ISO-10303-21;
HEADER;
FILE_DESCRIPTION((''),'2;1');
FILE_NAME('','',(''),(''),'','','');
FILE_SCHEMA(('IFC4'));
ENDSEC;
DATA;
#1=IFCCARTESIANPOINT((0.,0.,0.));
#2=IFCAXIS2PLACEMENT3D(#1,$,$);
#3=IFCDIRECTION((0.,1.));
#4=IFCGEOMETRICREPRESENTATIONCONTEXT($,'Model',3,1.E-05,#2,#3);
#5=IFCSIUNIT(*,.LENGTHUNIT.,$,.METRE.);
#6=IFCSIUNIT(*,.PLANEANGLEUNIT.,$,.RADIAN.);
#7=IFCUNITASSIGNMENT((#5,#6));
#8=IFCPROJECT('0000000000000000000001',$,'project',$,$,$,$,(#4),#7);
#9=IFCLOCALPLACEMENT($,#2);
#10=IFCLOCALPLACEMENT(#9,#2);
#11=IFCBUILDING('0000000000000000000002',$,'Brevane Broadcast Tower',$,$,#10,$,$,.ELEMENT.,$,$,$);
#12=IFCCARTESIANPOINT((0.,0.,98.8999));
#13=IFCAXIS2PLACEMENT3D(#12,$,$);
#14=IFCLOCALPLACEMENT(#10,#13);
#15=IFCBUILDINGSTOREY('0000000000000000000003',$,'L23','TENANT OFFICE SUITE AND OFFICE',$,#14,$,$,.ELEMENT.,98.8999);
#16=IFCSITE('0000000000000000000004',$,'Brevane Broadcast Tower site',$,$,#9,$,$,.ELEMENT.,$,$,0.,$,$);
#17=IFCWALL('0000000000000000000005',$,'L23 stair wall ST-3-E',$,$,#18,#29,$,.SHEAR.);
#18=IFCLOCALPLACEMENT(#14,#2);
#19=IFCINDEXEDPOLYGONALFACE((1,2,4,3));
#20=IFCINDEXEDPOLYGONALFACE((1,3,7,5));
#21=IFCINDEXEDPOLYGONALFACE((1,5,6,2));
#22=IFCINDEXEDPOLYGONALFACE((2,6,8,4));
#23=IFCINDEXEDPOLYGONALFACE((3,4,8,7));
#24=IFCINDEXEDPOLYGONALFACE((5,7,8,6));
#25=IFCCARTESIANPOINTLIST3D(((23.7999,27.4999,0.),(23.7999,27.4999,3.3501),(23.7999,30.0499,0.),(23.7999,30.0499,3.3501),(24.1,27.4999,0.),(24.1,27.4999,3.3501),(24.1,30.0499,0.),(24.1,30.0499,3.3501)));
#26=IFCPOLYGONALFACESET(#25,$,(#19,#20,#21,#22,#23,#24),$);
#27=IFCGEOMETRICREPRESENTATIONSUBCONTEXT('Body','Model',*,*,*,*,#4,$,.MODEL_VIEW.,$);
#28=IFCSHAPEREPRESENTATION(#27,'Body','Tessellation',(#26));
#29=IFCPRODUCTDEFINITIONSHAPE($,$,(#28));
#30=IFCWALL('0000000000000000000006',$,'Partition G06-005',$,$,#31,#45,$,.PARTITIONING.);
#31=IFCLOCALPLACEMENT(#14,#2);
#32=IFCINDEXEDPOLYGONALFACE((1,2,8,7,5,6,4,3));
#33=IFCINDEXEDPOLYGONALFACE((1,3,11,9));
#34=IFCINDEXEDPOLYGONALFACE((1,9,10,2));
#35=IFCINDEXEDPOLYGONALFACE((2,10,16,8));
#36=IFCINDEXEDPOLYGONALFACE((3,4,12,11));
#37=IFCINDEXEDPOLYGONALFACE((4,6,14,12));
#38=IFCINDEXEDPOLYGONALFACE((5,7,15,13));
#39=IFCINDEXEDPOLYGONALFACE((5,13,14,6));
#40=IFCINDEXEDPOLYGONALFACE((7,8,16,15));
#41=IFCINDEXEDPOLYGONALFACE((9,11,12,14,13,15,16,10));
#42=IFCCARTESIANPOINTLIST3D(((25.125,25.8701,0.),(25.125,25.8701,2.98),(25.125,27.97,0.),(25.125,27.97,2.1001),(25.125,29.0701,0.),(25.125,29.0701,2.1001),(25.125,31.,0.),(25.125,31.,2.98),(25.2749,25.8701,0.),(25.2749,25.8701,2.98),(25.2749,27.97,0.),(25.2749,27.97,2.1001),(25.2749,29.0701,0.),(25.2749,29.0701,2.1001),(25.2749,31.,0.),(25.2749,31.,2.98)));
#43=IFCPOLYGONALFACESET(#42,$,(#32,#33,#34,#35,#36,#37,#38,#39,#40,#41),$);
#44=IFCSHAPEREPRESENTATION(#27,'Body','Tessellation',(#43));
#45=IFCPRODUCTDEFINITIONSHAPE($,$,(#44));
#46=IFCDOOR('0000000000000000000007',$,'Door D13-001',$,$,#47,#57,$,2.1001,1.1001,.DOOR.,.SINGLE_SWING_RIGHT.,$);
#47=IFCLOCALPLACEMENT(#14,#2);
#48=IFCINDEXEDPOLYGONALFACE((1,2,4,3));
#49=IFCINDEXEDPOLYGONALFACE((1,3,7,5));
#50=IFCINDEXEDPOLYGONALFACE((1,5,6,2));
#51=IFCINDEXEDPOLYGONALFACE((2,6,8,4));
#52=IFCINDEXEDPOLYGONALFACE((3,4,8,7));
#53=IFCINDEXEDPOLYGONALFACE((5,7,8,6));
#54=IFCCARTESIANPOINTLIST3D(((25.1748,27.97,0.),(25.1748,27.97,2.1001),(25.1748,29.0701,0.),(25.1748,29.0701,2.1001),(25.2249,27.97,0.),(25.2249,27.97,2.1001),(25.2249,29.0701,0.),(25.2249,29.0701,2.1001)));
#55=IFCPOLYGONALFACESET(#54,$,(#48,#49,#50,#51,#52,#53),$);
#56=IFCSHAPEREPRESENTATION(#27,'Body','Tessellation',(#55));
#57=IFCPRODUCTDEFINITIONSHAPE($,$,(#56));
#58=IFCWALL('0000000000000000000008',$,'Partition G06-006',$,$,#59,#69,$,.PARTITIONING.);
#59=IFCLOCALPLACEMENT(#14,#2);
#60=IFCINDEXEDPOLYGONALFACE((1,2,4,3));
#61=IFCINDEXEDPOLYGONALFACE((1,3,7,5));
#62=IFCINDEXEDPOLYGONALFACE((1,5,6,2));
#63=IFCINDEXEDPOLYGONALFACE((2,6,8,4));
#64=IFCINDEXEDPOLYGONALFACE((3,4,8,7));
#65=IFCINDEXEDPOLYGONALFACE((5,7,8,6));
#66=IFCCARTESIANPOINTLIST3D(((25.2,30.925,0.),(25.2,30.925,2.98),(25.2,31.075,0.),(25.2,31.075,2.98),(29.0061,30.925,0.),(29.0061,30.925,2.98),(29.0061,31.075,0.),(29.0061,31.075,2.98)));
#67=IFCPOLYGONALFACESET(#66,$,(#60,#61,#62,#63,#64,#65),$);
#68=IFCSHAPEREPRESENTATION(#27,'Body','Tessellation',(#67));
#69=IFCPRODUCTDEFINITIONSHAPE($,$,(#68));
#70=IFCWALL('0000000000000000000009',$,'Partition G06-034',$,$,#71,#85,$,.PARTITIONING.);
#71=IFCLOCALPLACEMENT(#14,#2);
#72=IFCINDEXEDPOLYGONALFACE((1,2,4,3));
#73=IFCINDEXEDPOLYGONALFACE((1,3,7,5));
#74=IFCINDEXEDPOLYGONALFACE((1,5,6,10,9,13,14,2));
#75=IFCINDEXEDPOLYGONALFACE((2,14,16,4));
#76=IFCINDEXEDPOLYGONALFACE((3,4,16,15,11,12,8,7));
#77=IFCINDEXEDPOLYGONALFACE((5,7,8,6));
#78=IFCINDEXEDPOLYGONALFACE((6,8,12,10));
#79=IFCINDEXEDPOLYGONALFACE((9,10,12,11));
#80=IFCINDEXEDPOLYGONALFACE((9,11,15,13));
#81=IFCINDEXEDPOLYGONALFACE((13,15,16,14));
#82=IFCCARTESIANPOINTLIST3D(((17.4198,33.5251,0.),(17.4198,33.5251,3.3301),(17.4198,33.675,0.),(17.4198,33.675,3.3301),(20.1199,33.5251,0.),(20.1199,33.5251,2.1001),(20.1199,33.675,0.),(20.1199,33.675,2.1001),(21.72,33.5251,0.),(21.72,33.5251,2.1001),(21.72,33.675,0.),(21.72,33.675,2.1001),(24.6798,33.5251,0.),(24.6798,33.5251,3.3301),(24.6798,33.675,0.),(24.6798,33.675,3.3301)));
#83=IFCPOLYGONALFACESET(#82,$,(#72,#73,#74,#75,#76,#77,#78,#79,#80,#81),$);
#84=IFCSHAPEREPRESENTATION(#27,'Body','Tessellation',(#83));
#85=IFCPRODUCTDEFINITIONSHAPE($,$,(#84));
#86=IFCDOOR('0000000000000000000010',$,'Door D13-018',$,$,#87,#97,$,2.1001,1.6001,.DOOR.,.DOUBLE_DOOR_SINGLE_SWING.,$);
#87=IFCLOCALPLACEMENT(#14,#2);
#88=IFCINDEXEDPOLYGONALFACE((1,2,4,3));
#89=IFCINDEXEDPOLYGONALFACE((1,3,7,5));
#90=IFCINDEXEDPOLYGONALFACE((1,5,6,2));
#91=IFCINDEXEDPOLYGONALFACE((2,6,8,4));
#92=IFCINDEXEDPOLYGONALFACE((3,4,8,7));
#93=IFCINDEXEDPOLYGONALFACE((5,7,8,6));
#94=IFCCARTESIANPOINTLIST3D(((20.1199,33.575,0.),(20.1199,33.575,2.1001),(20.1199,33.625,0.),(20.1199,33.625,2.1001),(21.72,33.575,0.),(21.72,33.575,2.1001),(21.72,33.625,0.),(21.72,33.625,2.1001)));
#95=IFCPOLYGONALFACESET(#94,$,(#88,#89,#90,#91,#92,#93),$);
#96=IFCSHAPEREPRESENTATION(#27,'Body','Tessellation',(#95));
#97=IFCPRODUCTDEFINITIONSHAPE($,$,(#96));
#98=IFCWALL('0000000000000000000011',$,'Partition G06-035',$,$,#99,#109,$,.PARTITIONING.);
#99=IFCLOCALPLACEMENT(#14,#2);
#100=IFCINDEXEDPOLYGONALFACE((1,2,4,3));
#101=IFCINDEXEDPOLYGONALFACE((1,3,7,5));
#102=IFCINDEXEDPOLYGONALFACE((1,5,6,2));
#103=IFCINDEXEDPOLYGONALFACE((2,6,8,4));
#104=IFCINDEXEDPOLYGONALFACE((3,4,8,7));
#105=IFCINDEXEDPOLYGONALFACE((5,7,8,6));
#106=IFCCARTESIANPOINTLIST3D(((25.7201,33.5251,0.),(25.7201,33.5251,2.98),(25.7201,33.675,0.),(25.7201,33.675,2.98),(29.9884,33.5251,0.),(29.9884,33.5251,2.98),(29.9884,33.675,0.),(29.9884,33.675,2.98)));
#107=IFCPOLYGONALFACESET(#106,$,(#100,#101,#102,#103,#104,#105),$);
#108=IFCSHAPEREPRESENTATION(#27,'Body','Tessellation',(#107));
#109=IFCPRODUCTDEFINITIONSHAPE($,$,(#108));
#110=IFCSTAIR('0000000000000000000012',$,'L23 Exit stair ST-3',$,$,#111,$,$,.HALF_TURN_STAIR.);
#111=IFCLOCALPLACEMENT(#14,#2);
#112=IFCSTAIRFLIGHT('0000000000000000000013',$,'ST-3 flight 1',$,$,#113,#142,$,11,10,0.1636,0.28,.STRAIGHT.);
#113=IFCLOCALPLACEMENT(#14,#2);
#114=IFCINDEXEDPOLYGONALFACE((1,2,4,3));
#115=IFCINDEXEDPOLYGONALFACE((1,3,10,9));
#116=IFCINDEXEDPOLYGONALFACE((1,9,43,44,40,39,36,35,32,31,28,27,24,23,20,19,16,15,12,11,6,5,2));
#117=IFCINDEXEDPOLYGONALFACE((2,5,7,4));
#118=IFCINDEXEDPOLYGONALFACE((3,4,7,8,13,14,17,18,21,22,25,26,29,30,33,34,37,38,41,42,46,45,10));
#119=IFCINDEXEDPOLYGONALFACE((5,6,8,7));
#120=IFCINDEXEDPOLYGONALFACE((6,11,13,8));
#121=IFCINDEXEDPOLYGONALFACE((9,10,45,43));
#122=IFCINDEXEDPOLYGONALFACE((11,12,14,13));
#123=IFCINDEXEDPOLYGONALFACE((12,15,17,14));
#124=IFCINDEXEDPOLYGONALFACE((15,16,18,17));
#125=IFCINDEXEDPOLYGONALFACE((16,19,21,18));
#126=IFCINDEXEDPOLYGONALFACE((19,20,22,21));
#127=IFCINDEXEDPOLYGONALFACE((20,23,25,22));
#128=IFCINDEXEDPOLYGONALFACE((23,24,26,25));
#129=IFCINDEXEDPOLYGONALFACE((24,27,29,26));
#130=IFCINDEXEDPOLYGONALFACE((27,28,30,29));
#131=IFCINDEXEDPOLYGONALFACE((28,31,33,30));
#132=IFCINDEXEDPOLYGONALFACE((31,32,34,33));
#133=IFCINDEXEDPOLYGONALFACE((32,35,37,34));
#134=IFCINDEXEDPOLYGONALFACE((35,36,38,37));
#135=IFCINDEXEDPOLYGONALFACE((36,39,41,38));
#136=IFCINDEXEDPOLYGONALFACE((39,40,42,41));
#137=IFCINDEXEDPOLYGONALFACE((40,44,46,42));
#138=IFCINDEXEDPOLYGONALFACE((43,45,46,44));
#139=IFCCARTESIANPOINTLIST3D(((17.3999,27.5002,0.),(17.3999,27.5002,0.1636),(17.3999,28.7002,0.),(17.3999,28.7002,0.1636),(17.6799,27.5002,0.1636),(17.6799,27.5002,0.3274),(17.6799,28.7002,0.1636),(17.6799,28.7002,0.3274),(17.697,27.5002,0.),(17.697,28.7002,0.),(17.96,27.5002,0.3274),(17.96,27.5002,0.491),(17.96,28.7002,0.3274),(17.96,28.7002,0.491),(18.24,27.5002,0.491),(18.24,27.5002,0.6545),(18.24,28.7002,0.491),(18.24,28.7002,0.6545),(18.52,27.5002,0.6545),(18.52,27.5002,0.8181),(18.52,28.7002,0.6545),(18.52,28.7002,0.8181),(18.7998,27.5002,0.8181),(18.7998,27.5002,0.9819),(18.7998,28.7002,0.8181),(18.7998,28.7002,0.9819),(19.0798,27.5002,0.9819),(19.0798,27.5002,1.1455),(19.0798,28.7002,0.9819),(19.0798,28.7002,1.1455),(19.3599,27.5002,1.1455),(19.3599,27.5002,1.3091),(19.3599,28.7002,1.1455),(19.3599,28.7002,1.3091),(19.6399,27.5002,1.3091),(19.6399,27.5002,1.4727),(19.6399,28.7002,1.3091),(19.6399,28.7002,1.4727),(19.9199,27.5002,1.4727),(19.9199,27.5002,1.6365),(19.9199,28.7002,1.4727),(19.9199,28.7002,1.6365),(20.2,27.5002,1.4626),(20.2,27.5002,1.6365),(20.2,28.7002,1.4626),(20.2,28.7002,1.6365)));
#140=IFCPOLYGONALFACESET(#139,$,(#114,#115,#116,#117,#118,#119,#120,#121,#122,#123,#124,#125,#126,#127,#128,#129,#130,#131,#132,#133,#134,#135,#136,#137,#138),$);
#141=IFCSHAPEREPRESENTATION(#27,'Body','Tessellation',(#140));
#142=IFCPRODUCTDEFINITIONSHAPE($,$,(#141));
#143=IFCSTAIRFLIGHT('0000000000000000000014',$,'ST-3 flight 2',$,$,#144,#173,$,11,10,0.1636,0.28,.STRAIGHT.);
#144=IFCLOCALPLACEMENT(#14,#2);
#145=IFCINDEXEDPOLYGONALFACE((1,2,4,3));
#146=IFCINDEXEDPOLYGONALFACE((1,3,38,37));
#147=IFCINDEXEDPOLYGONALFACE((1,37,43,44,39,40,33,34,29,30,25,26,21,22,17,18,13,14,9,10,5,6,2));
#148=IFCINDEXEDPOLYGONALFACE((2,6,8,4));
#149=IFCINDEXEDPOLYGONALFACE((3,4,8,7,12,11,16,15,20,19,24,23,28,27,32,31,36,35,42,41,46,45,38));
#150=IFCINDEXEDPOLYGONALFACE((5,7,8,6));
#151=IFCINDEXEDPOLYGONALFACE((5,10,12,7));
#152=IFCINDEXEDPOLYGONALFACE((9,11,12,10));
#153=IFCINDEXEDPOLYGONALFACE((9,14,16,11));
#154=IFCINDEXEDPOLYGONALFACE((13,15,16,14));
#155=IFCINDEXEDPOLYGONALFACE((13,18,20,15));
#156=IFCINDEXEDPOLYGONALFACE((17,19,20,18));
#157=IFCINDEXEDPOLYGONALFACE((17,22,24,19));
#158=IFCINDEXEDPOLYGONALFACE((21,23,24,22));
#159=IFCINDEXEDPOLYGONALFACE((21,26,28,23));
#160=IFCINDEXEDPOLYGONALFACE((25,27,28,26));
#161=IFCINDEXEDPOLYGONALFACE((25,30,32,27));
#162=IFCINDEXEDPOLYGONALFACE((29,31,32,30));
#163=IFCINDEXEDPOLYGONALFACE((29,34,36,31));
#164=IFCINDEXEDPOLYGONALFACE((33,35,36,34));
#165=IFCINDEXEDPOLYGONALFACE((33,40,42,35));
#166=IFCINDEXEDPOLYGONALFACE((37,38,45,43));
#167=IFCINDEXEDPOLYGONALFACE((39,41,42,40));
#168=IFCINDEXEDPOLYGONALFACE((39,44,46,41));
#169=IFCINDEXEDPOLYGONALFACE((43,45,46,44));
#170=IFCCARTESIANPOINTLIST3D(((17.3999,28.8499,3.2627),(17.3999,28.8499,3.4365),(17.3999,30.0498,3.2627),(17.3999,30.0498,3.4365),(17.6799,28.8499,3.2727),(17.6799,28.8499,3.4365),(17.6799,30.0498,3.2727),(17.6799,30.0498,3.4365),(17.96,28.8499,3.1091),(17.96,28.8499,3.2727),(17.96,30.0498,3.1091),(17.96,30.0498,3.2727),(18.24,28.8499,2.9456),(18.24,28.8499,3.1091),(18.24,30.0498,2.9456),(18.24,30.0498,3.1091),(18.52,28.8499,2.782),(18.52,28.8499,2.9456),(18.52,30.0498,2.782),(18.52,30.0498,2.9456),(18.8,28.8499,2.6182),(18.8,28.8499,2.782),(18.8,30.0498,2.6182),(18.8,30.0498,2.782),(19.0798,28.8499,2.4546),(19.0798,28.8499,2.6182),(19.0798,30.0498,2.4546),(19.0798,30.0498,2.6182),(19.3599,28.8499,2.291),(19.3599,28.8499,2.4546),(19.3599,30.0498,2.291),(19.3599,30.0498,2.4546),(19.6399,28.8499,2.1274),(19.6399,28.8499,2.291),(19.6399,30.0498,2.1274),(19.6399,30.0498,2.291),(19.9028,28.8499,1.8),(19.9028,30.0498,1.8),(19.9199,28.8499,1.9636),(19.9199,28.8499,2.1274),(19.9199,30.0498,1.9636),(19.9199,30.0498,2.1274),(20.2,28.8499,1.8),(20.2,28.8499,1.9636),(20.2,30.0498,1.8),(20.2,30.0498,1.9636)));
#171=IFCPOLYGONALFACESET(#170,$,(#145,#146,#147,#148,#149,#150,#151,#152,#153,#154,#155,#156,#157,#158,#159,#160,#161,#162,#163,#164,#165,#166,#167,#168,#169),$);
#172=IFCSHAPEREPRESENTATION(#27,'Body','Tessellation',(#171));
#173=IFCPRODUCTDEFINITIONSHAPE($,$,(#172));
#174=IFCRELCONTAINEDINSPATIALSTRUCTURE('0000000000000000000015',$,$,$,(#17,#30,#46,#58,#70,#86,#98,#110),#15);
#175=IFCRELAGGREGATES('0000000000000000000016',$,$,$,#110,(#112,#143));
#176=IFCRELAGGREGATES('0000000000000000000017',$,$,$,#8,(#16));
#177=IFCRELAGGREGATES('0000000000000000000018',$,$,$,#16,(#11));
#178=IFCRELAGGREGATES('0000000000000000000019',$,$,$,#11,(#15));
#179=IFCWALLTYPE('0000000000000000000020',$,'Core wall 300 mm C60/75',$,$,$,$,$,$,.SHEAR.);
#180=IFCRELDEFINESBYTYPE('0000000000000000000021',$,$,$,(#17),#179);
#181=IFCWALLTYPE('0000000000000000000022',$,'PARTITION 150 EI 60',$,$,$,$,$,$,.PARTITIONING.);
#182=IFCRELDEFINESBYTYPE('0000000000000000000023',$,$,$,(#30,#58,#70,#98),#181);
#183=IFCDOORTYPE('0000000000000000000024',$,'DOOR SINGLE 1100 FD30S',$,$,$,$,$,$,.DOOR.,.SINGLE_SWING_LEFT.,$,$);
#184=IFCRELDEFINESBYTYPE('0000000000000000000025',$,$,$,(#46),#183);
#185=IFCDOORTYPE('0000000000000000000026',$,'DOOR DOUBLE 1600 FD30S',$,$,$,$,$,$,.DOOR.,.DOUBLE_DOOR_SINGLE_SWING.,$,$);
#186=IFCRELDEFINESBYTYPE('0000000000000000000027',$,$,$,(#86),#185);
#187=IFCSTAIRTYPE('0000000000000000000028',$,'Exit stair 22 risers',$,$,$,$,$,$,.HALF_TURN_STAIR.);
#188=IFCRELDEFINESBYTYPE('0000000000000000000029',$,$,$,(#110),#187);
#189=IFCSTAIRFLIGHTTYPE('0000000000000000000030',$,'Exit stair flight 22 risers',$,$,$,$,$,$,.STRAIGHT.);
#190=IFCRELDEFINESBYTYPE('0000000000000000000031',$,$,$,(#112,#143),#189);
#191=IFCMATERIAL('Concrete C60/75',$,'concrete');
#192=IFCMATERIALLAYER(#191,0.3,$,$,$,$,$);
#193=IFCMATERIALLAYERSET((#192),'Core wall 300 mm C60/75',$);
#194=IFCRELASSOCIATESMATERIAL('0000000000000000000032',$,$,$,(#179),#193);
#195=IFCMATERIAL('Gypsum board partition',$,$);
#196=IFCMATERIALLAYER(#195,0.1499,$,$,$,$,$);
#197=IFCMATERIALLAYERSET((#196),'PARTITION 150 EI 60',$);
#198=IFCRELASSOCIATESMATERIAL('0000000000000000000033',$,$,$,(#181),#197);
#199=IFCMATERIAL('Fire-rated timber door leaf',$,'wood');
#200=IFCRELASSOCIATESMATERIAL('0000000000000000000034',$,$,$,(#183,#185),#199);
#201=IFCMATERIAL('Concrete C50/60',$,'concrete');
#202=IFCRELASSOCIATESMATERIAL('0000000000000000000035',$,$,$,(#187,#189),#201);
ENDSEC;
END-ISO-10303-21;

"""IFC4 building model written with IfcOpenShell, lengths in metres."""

from ifc_helpers import new_model, si_unit, direction, frame, frame_2d, origin, place, context, subcontext, project, spatial, polyline, rectangle, outline, extrude, material, layer, layer_set, type_object, element, fill, aggregate, save


model = new_model("IFC4")

# Units and contexts
model_context = context("Model", 3, precision=1e-05, world=origin(), true_north=direction((0.0, 1.0)))
body_context = subcontext(model_context, "Body", "Model", "MODEL_VIEW")
ifc_project = project(units=[si_unit("LENGTHUNIT", "METRE"), si_unit("PLANEANGLEUNIT", "RADIAN")], contexts=[model_context])

# Site, building, storey
site_placement = place(None, origin())
site = spatial("IfcSite", under=ifc_project, at=site_placement, Name="Brevane Broadcast Tower site", CompositionType="ELEMENT", RefElevation=0.0)
building_placement = place(site_placement, origin())
building = spatial("IfcBuilding", under=site, at=building_placement, Name="Brevane Broadcast Tower", CompositionType="ELEMENT")
storey_placement = place(building_placement, frame((0.0, 0.0, 98.8999)))
storey = spatial("IfcBuildingStorey", under=building, at=storey_placement, Name="L23", Description="TENANT OFFICE SUITE AND OFFICE", CompositionType="ELEMENT", Elevation=98.8999)

# Shared definitions
ifc_material_1 = material(Name="Concrete C60/75", Category="concrete")

# Wall
ifc_layer_1 = layer(ifc_material_1, 0.3)
ifc_layer_set_1 = layer_set([ifc_layer_1], Name="Core wall 300 mm C60/75")
wall_type_1 = type_object("IfcWallType", Name="Core wall 300 mm C60/75", PredefinedType="SHEAR", material=ifc_layer_set_1)
wall_1_placement = place(storey_placement, frame((23.95, 27.5, 0.0), z_axis=(0.0, 0.0, 1.0), x_axis=(0.0, 1.0, 0.0)))
element("IfcWall", 1, at=wall_1_placement, inside=storey, type_object=wall_type_1, Name="L23 stair wall ST-3-E", PredefinedType="SHEAR", context=body_context, shape_type="SweptSolid", body=[
    extrude(rectangle(XDim=2.55, YDim=0.3, at=frame_2d((1.2749, 0.0))), origin(), (0.0, 0.0, 1.0), 3.3501),
])

# Wall, opening, door
ifc_material_2 = material(Name="Gypsum board partition")
ifc_layer_2 = layer(ifc_material_2, 0.1499)
ifc_layer_set_2 = layer_set([ifc_layer_2], Name="PARTITION 150 EI 60")
wall_type_2 = type_object("IfcWallType", Name="PARTITION 150 EI 60", PredefinedType="PARTITIONING", material=ifc_layer_set_2)
wall_2_placement = place(storey_placement, frame((25.2, 31.0, 0.0), z_axis=(0.0, 0.0, 1.0), x_axis=(0.0, -1.0, 0.0)))
wall_2 = element("IfcWall", 2, at=wall_2_placement, inside=storey, type_object=wall_type_2, Name="Partition G06-005", PredefinedType="PARTITIONING", context=body_context, shape_type="SweptSolid", body=[
    extrude(outline(polyline([(0.0, 0.0), (5.1299, 0.0), (5.1299, 2.98), (0.0, 2.98), (0.0, 0.0)])), frame((0.0, 0.075, 0.0), z_axis=(0.0, -1.0, 0.0), x_axis=(1.0, 0.0, 0.0)), (0.0, 0.0, 1.0), 0.1499),
])
opening_1_placement = place(wall_2_placement, frame((1.9299, 0.0, 0.0)))
opening_1 = element("IfcOpeningElement", 3, at=opening_1_placement, cuts=wall_2, PredefinedType="OPENING", context=body_context, shape_type="SweptSolid", body=[
    extrude(rectangle(XDim=1.1001, YDim=2.1001, at=frame_2d((0.55, 1.05))), frame((0.0, 0.085, 0.0), z_axis=(0.0, -1.0, 0.0), x_axis=(1.0, 0.0, 0.0)), (0.0, 0.0, 1.0), 0.1699),
])
ifc_material_3 = material(Name="Fire-rated timber door leaf", Category="wood")
door_type_1 = type_object("IfcDoorType", Name="DOOR SINGLE 1100 FD30S", OperationType="SINGLE_SWING_LEFT", PredefinedType="DOOR", material=ifc_material_3)
door_1_placement = place(opening_1_placement, origin())
door_1 = element("IfcDoor", 4, at=door_1_placement, inside=storey, type_object=door_type_1, Name="Door D13-001", OperationType="SINGLE_SWING_RIGHT", OverallHeight=2.1001, OverallWidth=1.1001, PredefinedType="DOOR", context=body_context, shape_type="SweptSolid", body=[
    extrude(rectangle(XDim=1.1001, YDim=2.1001, at=frame_2d((0.55, 1.05))), frame((0.0, 0.0249, 0.0), z_axis=(0.0, -1.0, 0.0), x_axis=(1.0, 0.0, 0.0)), (0.0, 0.0, 1.0), 0.05),
])
fill(opening_1, door_1)

# Wall
wall_3_placement = place(storey_placement, frame((25.2, 31.0, 0.0), z_axis=(0.0, 0.0, 1.0), x_axis=(1.0, 0.0, 0.0)))
element("IfcWall", 5, at=wall_3_placement, inside=storey, type_object=wall_type_2, Name="Partition G06-006", PredefinedType="PARTITIONING", context=body_context, shape_type="SweptSolid", body=[
    extrude(rectangle(XDim=3.8062, YDim=0.1499, at=frame_2d((1.9031, 0.0))), origin(), (0.0, 0.0, 1.0), 2.98),
])

# Wall, opening, door
wall_4_placement = place(storey_placement, frame((17.4199, 33.6001, 0.0), z_axis=(0.0, 0.0, 1.0), x_axis=(1.0, 0.0, 0.0)))
wall_4 = element("IfcWall", 6, at=wall_4_placement, inside=storey, type_object=wall_type_2, Name="Partition G06-034", PredefinedType="PARTITIONING", context=body_context, shape_type="SweptSolid", body=[
    extrude(rectangle(XDim=7.26, YDim=0.1499, at=frame_2d((3.6299, 0.0))), origin(), (0.0, 0.0, 1.0), 3.3301),
])
opening_2_placement = place(wall_4_placement, frame((2.7, 0.0, 0.0)))
opening_2 = element("IfcOpeningElement", 7, at=opening_2_placement, cuts=wall_4, PredefinedType="OPENING", context=body_context, shape_type="SweptSolid", body=[
    extrude(rectangle(XDim=1.6001, YDim=2.1001, at=frame_2d((0.8, 1.05))), frame((0.0, 0.085, 0.0), z_axis=(0.0, -1.0, 0.0), x_axis=(1.0, 0.0, 0.0)), (0.0, 0.0, 1.0), 0.1699),
])
door_type_2 = type_object("IfcDoorType", Name="DOOR DOUBLE 1600 FD30S", OperationType="DOUBLE_DOOR_SINGLE_SWING", PredefinedType="DOOR", material=ifc_material_3)
door_2_placement = place(opening_2_placement, origin())
door_2 = element("IfcDoor", 8, at=door_2_placement, inside=storey, type_object=door_type_2, Name="Door D13-018", OperationType="DOUBLE_DOOR_SINGLE_SWING", OverallHeight=2.1001, OverallWidth=1.6001, PredefinedType="DOOR", context=body_context, shape_type="SweptSolid", body=[
    extrude(rectangle(XDim=1.6001, YDim=2.1001, at=frame_2d((0.8, 1.05))), frame((0.0, 0.0249, 0.0), z_axis=(0.0, -1.0, 0.0), x_axis=(1.0, 0.0, 0.0)), (0.0, 0.0, 1.0), 0.05),
])
fill(opening_2, door_2)

# Wall
wall_5_placement = place(storey_placement, frame((25.72, 33.6001, 0.0), z_axis=(0.0, 0.0, 1.0), x_axis=(1.0, 0.0, 0.0)))
element("IfcWall", 9, at=wall_5_placement, inside=storey, type_object=wall_type_2, Name="Partition G06-035", PredefinedType="PARTITIONING", context=body_context, shape_type="SweptSolid", body=[
    extrude(rectangle(XDim=4.2683, YDim=0.1499, at=frame_2d((2.1343, 0.0))), origin(), (0.0, 0.0, 1.0), 2.98),
])

# Stair, stair flights
ifc_material_4 = material(Name="Concrete C50/60", Category="concrete")
stair_type = type_object("IfcStairType", Name="Exit stair 22 risers", PredefinedType="HALF_TURN_STAIR", material=ifc_material_4)
stair_placement = place(storey_placement, origin())
stair = element("IfcStair", 10, at=stair_placement, inside=storey, type_object=stair_type, Name="L23 Exit stair ST-3", PredefinedType="HALF_TURN_STAIR")
stair_flight_type = type_object("IfcStairFlightType", Name="Exit stair flight 22 risers", PredefinedType="STRAIGHT", material=ifc_material_4)
stair_flight_1_placement = place(storey_placement, frame((17.3999, 28.1001, 0.0), z_axis=(0.0, 0.0, 1.0), x_axis=(1.0, 0.0, 0.0)))
stair_flight_1 = element("IfcStairFlight", 11, at=stair_flight_1_placement, type_object=stair_flight_type, Name="ST-3 flight 1", NumberOfRisers=11, NumberOfTreads=10, PredefinedType="STRAIGHT", RiserHeight=0.1636, TreadLength=0.28, context=body_context, shape_type="SweptSolid", body=[
    extrude(outline(polyline([(0.0, 0.0), (0.0, 0.1636), (0.28, 0.1636), (0.28, 0.3274), (0.5601, 0.3274), (0.5601, 0.491), (0.8401, 0.491), (0.8401, 0.6545), (1.1201, 0.6545), (1.1201, 0.8181), (1.3999, 0.8181), (1.3999, 0.9819), (1.6799, 0.9819), (1.6799, 1.1455), (1.96, 1.1455), (1.96, 1.3091), (2.24, 1.3091), (2.24, 1.4727), (2.52, 1.4727), (2.52, 1.6365), (2.8, 1.6365), (2.8, 1.8), (2.8, 1.4626), (0.2971, 0.0), (0.0, 0.0)])), frame((0.0, 0.6001, 0.0), z_axis=(0.0, -1.0, 0.0), x_axis=(1.0, 0.0, 0.0)), (0.0, 0.0, 1.0), 1.2),
])
stair_flight_2_placement = place(storey_placement, frame((20.2, 29.45, 1.8), z_axis=(0.0, 0.0, 1.0), x_axis=(-1.0, 0.0, 0.0)))
stair_flight_2 = element("IfcStairFlight", 12, at=stair_flight_2_placement, type_object=stair_flight_type, Name="ST-3 flight 2", NumberOfRisers=11, NumberOfTreads=10, PredefinedType="STRAIGHT", RiserHeight=0.1636, TreadLength=0.28, context=body_context, shape_type="SweptSolid", body=[
    extrude(outline(polyline([(0.0, 0.0), (0.0, 0.1636), (0.28, 0.1636), (0.28, 0.3274), (0.5601, 0.3274), (0.5601, 0.491), (0.8401, 0.491), (0.8401, 0.6545), (1.1201, 0.6545), (1.1201, 0.8181), (1.3999, 0.8181), (1.3999, 0.9819), (1.6799, 0.9819), (1.6799, 1.1455), (1.96, 1.1455), (1.96, 1.3091), (2.24, 1.3091), (2.24, 1.4727), (2.52, 1.4727), (2.52, 1.6365), (2.8, 1.6365), (2.8, 1.8), (2.8, 1.4626), (0.2971, 0.0), (0.0, 0.0)])), frame((0.0, 0.6001, 0.0), z_axis=(0.0, -1.0, 0.0), x_axis=(1.0, 0.0, 0.0)), (0.0, 0.0, 1.0), 1.2),
])
aggregate(stair, [stair_flight_1, stair_flight_2])

save(model, "model.ifc")
